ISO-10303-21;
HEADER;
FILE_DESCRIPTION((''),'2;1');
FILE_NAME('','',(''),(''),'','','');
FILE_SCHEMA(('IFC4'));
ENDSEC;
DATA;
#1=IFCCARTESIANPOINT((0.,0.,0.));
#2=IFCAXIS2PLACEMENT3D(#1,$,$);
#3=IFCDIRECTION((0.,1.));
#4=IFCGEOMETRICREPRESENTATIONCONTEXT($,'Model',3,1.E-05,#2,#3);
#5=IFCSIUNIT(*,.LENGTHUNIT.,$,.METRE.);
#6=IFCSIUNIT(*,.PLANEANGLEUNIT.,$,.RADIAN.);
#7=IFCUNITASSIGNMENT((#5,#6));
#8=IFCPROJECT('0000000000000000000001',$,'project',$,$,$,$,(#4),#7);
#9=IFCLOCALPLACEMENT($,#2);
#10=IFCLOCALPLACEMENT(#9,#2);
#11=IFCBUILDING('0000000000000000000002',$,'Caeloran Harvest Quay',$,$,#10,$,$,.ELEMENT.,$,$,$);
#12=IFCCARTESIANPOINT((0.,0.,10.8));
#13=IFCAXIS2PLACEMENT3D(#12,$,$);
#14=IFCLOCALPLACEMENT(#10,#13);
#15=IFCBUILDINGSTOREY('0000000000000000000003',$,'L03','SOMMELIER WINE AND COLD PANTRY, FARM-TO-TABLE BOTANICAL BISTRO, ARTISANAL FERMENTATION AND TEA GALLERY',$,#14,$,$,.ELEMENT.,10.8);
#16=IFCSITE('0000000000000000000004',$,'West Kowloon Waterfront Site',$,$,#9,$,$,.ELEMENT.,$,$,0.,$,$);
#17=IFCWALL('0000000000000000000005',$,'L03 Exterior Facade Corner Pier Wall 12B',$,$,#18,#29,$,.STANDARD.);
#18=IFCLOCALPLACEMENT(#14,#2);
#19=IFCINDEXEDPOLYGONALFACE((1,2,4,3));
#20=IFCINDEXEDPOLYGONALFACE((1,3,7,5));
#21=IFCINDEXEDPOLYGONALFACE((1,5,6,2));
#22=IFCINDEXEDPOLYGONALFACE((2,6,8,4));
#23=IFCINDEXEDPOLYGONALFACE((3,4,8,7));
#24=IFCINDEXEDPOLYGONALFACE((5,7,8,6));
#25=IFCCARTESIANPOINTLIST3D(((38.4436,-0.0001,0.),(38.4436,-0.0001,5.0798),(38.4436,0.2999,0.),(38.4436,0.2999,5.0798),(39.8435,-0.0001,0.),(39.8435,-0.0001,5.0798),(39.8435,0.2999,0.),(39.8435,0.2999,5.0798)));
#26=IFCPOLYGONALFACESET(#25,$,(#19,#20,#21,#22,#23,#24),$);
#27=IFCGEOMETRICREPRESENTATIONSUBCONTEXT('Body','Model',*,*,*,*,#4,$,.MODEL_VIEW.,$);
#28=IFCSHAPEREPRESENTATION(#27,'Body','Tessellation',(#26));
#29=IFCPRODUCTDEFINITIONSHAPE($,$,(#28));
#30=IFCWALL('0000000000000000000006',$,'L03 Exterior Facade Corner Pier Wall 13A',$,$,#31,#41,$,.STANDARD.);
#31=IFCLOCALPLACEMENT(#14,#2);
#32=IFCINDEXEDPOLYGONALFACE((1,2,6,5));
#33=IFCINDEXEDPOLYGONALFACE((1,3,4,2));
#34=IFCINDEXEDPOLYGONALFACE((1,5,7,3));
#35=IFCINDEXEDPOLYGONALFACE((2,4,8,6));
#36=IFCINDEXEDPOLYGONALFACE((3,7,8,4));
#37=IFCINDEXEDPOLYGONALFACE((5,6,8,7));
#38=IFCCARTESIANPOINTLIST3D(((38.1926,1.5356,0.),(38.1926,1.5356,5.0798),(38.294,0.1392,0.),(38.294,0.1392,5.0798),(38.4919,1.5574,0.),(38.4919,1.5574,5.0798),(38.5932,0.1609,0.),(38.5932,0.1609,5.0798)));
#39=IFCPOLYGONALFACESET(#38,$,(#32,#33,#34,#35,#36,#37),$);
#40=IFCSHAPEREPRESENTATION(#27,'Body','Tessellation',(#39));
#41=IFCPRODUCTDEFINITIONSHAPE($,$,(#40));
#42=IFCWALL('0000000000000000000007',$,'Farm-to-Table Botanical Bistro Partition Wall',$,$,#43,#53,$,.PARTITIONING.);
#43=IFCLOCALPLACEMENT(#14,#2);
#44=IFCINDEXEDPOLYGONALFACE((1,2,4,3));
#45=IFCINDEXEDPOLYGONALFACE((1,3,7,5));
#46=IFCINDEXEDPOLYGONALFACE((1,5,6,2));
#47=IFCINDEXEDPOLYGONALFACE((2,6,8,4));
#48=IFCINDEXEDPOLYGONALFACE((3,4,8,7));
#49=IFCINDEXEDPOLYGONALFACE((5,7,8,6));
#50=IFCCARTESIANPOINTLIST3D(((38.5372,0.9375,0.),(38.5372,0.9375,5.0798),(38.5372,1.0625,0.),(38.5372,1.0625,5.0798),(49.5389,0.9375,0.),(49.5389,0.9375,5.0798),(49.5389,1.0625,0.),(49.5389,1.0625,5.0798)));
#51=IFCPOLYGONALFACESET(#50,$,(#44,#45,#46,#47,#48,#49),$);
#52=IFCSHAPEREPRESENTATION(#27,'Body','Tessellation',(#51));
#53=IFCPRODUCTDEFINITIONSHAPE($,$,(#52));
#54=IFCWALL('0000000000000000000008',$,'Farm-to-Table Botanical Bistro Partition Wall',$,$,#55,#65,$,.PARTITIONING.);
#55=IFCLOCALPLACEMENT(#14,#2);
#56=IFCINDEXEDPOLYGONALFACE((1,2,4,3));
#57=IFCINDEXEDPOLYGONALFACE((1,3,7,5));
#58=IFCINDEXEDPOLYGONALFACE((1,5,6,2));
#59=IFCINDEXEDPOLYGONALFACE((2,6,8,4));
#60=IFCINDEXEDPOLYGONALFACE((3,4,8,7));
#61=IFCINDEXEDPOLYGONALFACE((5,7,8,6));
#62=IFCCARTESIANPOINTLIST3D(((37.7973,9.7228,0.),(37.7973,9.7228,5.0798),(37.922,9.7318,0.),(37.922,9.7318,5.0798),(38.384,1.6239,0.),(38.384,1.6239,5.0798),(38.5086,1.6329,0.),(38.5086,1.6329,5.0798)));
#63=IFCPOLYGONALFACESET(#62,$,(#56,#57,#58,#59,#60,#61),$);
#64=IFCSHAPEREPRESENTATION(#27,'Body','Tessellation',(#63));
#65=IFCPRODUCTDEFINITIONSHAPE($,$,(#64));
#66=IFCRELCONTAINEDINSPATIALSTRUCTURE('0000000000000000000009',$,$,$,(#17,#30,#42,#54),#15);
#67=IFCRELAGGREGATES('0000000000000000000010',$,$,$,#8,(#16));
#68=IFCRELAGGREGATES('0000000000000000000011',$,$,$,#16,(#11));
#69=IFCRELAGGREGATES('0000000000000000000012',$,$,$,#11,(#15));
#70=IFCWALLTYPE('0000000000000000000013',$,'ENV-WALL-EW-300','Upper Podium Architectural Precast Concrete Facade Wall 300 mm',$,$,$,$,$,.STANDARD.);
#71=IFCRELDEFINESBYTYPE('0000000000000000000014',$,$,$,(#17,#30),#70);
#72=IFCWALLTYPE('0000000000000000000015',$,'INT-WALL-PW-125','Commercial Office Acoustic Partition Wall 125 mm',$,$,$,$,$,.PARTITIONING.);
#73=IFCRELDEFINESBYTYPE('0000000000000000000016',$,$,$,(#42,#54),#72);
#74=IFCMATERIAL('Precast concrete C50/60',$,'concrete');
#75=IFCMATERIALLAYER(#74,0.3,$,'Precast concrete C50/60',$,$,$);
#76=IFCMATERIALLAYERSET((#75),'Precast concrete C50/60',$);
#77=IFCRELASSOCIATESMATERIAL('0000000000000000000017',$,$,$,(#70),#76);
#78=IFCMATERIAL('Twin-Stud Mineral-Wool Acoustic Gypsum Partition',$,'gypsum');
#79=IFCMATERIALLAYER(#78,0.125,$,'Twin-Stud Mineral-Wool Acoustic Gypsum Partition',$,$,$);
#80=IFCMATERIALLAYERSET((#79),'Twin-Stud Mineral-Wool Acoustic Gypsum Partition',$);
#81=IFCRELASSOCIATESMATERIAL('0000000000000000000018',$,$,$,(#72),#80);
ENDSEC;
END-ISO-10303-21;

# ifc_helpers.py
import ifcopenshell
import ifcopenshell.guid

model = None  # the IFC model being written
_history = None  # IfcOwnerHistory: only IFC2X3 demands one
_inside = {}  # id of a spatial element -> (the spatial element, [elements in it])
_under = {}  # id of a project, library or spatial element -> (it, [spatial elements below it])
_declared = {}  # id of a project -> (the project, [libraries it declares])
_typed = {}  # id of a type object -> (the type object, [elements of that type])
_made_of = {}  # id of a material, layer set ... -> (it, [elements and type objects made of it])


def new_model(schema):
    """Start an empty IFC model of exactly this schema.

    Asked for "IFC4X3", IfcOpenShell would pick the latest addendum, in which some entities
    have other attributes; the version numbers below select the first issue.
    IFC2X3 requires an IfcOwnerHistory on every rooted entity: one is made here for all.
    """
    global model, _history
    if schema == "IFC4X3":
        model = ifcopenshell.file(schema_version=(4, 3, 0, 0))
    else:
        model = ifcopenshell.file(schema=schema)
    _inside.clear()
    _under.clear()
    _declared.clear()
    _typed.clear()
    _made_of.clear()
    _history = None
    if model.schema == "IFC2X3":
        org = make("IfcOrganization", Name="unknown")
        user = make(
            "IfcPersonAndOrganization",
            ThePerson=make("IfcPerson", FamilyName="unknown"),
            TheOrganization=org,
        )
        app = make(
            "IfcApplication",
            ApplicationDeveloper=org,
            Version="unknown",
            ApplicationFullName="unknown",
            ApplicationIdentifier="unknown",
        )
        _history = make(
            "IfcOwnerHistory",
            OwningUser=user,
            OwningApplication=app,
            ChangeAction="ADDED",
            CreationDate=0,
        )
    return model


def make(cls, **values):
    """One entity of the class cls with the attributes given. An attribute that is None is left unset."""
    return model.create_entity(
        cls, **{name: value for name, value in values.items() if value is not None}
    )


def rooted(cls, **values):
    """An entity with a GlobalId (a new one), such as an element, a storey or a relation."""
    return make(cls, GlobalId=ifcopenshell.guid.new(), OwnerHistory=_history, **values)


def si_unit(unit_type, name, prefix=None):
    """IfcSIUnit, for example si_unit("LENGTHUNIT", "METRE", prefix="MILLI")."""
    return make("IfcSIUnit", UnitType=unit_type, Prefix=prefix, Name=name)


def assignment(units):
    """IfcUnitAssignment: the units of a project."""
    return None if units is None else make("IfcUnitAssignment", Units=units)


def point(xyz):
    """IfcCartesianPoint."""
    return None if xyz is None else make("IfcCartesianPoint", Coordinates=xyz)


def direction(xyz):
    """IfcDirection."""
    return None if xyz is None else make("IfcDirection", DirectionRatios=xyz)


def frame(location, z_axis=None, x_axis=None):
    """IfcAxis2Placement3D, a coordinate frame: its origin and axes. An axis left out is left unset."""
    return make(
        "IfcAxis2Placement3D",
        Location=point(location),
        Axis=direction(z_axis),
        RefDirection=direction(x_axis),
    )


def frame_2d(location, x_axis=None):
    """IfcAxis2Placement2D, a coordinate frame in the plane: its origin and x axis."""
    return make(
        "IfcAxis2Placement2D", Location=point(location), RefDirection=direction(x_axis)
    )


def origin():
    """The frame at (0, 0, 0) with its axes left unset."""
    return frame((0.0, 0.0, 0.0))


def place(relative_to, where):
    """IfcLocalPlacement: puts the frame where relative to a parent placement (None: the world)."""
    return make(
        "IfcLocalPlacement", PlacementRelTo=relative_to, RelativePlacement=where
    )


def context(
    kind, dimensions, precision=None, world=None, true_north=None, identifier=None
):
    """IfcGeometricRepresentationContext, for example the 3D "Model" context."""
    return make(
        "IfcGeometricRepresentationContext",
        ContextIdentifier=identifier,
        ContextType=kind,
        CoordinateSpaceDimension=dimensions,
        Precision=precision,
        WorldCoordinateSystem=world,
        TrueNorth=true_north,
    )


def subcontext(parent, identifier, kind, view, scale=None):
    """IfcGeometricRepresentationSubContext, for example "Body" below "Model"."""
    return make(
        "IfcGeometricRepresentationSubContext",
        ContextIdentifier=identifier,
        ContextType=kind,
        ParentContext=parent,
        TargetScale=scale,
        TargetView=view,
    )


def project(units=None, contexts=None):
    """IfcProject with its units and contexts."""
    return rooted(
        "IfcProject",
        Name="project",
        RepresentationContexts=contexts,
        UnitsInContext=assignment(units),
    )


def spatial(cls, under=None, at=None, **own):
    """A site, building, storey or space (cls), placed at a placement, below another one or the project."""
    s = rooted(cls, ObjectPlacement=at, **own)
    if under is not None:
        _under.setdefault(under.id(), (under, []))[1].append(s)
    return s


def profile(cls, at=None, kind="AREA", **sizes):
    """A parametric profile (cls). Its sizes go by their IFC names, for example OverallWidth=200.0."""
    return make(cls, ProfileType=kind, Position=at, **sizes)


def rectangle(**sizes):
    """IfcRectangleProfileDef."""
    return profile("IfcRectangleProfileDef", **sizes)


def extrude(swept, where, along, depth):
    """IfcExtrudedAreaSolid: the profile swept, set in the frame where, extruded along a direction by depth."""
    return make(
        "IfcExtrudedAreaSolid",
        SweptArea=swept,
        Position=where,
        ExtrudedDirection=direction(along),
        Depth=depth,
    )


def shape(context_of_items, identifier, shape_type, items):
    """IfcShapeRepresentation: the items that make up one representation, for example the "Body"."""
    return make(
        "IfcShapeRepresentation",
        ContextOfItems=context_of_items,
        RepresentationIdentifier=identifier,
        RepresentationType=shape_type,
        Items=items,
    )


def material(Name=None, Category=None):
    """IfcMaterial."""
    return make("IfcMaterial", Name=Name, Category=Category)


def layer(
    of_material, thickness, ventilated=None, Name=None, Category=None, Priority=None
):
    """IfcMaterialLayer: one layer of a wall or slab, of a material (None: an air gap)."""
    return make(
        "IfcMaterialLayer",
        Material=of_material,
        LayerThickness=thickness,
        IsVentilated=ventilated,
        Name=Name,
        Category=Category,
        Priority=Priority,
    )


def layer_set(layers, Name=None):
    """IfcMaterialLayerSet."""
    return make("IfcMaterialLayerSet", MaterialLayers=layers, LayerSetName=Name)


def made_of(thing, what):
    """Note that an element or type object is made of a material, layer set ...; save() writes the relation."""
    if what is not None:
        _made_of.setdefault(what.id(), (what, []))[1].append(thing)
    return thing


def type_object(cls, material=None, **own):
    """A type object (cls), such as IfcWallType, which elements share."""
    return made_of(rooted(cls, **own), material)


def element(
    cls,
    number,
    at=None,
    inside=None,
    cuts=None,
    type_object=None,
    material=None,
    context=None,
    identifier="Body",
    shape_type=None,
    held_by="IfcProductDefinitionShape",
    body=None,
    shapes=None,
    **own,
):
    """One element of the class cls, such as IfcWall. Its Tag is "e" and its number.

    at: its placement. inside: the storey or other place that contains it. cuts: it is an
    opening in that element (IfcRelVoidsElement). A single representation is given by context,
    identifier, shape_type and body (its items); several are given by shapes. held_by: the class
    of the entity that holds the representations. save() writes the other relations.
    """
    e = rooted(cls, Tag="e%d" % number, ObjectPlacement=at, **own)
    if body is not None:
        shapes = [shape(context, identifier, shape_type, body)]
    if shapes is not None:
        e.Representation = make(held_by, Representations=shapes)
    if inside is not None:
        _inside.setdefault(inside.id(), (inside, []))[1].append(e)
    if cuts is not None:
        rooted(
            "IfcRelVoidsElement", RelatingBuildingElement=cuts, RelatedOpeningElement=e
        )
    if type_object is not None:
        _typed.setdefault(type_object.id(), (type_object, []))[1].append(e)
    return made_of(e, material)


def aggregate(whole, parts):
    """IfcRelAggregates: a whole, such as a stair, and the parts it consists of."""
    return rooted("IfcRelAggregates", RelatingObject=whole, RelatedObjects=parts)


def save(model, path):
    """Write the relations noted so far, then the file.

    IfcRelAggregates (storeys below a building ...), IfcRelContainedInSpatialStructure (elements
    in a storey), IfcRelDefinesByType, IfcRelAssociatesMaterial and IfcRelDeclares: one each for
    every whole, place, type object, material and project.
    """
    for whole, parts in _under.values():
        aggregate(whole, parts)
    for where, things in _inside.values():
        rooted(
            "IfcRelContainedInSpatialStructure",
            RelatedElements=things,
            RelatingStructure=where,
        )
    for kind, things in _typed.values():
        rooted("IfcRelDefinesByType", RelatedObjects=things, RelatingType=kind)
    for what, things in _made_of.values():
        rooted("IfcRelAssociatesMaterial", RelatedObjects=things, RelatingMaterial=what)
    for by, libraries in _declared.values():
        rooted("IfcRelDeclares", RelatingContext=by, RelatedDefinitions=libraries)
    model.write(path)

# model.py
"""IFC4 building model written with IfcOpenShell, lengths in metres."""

from ifc_helpers import new_model, si_unit, direction, frame, frame_2d, origin, place, context, subcontext, project, spatial, rectangle, extrude, material, layer, layer_set, type_object, element, save


model = new_model("IFC4")

# Units and contexts
model_context = context("Model", 3, precision=1e-05, world=origin(), true_north=direction((0.0, 1.0)))
body_context = subcontext(model_context, "Body", "Model", "MODEL_VIEW")
ifc_project = project(units=[si_unit("LENGTHUNIT", "METRE"), si_unit("PLANEANGLEUNIT", "RADIAN")], contexts=[model_context])

# Site, building, storey
site_placement = place(None, origin())
site = spatial("IfcSite", under=ifc_project, at=site_placement, Name="West Kowloon Waterfront Site", CompositionType="ELEMENT", RefElevation=0.0)
building_placement = place(site_placement, origin())
building = spatial("IfcBuilding", under=site, at=building_placement, Name="Caeloran Harvest Quay", CompositionType="ELEMENT")
storey_placement = place(building_placement, frame((0.0, 0.0, 10.8)))
storey = spatial("IfcBuildingStorey", under=building, at=storey_placement, Name="L03", Description="SOMMELIER WINE AND COLD PANTRY, FARM-TO-TABLE BOTANICAL BISTRO, ARTISANAL FERMENTATION AND TEA GALLERY", CompositionType="ELEMENT", Elevation=10.8)

# Walls
ifc_material_1 = material(Name="Precast concrete C50/60", Category="concrete")
ifc_layer_1 = layer(ifc_material_1, 0.3, Name="Precast concrete C50/60")
ifc_layer_set_1 = layer_set([ifc_layer_1], Name="Precast concrete C50/60")
wall_type_1 = type_object("IfcWallType", Name="ENV-WALL-EW-300", Description="Upper Podium Architectural Precast Concrete Facade Wall 300 mm", PredefinedType="STANDARD", material=ifc_layer_set_1)
wall_1_placement = place(storey_placement, frame((39.8435, 0.1499, 0.0), z_axis=(0.0, 0.0, 1.0), x_axis=(-1.0, 0.0, 0.0)))
element("IfcWall", 1, at=wall_1_placement, inside=storey, type_object=wall_type_1, Name="L03 Exterior Facade Corner Pier Wall 12B", PredefinedType="STANDARD", context=body_context, shape_type="SweptSolid", body=[
    extrude(rectangle(XDim=1.3999, YDim=0.3, at=frame_2d((0.7, 0.0))), origin(), (0.0, 0.0, 1.0), 5.0798),
])
wall_2_placement = place(storey_placement, frame((38.4436, 0.1499, 0.0), z_axis=(0.0, 0.0, 1.0), x_axis=(-0.072362, 0.997378, 0.0)))
element("IfcWall", 2, at=wall_2_placement, inside=storey, type_object=wall_type_1, Name="L03 Exterior Facade Corner Pier Wall 13A", PredefinedType="STANDARD", context=body_context, shape_type="SweptSolid", body=[
    extrude(rectangle(XDim=1.4001, YDim=0.3, at=frame_2d((0.7002, 0.0))), origin(), (0.0, 0.0, 1.0), 5.0798),
])
ifc_material_2 = material(Name="Twin-Stud Mineral-Wool Acoustic Gypsum Partition", Category="gypsum")
ifc_layer_2 = layer(ifc_material_2, 0.125, Name="Twin-Stud Mineral-Wool Acoustic Gypsum Partition")
ifc_layer_set_2 = layer_set([ifc_layer_2], Name="Twin-Stud Mineral-Wool Acoustic Gypsum Partition")
wall_type_2 = type_object("IfcWallType", Name="INT-WALL-PW-125", Description="Commercial Office Acoustic Partition Wall 125 mm", PredefinedType="PARTITIONING", material=ifc_layer_set_2)
wall_3_placement = place(storey_placement, frame((49.5391, 1.0, 0.0), z_axis=(0.0, 0.0, 1.0), x_axis=(-1.0, 0.0, 0.0)))
element("IfcWall", 3, at=wall_3_placement, inside=storey, type_object=wall_type_2, Name="Farm-to-Table Botanical Bistro Partition Wall", PredefinedType="PARTITIONING", context=body_context, shape_type="SweptSolid", body=[
    extrude(rectangle(XDim=11.0017, YDim=0.125, at=frame_2d((5.501, 0.0))), origin(), (0.0, 0.0, 1.0), 5.0798),
])
wall_4_placement = place(storey_placement, frame((38.4463, 1.6284, 0.0), z_axis=(0.0, 0.0, 1.0), x_axis=(-0.072249, 0.997387, 0.0)))
element("IfcWall", 4, at=wall_4_placement, inside=storey, type_object=wall_type_2, Name="Farm-to-Table Botanical Bistro Partition Wall", PredefinedType="PARTITIONING", context=body_context, shape_type="SweptSolid", body=[
    extrude(rectangle(XDim=8.1201, YDim=0.125, at=frame_2d((4.0601, 0.0))), origin(), (0.0, 0.0, 1.0), 5.0798),
])

save(model, "model.ifc")
